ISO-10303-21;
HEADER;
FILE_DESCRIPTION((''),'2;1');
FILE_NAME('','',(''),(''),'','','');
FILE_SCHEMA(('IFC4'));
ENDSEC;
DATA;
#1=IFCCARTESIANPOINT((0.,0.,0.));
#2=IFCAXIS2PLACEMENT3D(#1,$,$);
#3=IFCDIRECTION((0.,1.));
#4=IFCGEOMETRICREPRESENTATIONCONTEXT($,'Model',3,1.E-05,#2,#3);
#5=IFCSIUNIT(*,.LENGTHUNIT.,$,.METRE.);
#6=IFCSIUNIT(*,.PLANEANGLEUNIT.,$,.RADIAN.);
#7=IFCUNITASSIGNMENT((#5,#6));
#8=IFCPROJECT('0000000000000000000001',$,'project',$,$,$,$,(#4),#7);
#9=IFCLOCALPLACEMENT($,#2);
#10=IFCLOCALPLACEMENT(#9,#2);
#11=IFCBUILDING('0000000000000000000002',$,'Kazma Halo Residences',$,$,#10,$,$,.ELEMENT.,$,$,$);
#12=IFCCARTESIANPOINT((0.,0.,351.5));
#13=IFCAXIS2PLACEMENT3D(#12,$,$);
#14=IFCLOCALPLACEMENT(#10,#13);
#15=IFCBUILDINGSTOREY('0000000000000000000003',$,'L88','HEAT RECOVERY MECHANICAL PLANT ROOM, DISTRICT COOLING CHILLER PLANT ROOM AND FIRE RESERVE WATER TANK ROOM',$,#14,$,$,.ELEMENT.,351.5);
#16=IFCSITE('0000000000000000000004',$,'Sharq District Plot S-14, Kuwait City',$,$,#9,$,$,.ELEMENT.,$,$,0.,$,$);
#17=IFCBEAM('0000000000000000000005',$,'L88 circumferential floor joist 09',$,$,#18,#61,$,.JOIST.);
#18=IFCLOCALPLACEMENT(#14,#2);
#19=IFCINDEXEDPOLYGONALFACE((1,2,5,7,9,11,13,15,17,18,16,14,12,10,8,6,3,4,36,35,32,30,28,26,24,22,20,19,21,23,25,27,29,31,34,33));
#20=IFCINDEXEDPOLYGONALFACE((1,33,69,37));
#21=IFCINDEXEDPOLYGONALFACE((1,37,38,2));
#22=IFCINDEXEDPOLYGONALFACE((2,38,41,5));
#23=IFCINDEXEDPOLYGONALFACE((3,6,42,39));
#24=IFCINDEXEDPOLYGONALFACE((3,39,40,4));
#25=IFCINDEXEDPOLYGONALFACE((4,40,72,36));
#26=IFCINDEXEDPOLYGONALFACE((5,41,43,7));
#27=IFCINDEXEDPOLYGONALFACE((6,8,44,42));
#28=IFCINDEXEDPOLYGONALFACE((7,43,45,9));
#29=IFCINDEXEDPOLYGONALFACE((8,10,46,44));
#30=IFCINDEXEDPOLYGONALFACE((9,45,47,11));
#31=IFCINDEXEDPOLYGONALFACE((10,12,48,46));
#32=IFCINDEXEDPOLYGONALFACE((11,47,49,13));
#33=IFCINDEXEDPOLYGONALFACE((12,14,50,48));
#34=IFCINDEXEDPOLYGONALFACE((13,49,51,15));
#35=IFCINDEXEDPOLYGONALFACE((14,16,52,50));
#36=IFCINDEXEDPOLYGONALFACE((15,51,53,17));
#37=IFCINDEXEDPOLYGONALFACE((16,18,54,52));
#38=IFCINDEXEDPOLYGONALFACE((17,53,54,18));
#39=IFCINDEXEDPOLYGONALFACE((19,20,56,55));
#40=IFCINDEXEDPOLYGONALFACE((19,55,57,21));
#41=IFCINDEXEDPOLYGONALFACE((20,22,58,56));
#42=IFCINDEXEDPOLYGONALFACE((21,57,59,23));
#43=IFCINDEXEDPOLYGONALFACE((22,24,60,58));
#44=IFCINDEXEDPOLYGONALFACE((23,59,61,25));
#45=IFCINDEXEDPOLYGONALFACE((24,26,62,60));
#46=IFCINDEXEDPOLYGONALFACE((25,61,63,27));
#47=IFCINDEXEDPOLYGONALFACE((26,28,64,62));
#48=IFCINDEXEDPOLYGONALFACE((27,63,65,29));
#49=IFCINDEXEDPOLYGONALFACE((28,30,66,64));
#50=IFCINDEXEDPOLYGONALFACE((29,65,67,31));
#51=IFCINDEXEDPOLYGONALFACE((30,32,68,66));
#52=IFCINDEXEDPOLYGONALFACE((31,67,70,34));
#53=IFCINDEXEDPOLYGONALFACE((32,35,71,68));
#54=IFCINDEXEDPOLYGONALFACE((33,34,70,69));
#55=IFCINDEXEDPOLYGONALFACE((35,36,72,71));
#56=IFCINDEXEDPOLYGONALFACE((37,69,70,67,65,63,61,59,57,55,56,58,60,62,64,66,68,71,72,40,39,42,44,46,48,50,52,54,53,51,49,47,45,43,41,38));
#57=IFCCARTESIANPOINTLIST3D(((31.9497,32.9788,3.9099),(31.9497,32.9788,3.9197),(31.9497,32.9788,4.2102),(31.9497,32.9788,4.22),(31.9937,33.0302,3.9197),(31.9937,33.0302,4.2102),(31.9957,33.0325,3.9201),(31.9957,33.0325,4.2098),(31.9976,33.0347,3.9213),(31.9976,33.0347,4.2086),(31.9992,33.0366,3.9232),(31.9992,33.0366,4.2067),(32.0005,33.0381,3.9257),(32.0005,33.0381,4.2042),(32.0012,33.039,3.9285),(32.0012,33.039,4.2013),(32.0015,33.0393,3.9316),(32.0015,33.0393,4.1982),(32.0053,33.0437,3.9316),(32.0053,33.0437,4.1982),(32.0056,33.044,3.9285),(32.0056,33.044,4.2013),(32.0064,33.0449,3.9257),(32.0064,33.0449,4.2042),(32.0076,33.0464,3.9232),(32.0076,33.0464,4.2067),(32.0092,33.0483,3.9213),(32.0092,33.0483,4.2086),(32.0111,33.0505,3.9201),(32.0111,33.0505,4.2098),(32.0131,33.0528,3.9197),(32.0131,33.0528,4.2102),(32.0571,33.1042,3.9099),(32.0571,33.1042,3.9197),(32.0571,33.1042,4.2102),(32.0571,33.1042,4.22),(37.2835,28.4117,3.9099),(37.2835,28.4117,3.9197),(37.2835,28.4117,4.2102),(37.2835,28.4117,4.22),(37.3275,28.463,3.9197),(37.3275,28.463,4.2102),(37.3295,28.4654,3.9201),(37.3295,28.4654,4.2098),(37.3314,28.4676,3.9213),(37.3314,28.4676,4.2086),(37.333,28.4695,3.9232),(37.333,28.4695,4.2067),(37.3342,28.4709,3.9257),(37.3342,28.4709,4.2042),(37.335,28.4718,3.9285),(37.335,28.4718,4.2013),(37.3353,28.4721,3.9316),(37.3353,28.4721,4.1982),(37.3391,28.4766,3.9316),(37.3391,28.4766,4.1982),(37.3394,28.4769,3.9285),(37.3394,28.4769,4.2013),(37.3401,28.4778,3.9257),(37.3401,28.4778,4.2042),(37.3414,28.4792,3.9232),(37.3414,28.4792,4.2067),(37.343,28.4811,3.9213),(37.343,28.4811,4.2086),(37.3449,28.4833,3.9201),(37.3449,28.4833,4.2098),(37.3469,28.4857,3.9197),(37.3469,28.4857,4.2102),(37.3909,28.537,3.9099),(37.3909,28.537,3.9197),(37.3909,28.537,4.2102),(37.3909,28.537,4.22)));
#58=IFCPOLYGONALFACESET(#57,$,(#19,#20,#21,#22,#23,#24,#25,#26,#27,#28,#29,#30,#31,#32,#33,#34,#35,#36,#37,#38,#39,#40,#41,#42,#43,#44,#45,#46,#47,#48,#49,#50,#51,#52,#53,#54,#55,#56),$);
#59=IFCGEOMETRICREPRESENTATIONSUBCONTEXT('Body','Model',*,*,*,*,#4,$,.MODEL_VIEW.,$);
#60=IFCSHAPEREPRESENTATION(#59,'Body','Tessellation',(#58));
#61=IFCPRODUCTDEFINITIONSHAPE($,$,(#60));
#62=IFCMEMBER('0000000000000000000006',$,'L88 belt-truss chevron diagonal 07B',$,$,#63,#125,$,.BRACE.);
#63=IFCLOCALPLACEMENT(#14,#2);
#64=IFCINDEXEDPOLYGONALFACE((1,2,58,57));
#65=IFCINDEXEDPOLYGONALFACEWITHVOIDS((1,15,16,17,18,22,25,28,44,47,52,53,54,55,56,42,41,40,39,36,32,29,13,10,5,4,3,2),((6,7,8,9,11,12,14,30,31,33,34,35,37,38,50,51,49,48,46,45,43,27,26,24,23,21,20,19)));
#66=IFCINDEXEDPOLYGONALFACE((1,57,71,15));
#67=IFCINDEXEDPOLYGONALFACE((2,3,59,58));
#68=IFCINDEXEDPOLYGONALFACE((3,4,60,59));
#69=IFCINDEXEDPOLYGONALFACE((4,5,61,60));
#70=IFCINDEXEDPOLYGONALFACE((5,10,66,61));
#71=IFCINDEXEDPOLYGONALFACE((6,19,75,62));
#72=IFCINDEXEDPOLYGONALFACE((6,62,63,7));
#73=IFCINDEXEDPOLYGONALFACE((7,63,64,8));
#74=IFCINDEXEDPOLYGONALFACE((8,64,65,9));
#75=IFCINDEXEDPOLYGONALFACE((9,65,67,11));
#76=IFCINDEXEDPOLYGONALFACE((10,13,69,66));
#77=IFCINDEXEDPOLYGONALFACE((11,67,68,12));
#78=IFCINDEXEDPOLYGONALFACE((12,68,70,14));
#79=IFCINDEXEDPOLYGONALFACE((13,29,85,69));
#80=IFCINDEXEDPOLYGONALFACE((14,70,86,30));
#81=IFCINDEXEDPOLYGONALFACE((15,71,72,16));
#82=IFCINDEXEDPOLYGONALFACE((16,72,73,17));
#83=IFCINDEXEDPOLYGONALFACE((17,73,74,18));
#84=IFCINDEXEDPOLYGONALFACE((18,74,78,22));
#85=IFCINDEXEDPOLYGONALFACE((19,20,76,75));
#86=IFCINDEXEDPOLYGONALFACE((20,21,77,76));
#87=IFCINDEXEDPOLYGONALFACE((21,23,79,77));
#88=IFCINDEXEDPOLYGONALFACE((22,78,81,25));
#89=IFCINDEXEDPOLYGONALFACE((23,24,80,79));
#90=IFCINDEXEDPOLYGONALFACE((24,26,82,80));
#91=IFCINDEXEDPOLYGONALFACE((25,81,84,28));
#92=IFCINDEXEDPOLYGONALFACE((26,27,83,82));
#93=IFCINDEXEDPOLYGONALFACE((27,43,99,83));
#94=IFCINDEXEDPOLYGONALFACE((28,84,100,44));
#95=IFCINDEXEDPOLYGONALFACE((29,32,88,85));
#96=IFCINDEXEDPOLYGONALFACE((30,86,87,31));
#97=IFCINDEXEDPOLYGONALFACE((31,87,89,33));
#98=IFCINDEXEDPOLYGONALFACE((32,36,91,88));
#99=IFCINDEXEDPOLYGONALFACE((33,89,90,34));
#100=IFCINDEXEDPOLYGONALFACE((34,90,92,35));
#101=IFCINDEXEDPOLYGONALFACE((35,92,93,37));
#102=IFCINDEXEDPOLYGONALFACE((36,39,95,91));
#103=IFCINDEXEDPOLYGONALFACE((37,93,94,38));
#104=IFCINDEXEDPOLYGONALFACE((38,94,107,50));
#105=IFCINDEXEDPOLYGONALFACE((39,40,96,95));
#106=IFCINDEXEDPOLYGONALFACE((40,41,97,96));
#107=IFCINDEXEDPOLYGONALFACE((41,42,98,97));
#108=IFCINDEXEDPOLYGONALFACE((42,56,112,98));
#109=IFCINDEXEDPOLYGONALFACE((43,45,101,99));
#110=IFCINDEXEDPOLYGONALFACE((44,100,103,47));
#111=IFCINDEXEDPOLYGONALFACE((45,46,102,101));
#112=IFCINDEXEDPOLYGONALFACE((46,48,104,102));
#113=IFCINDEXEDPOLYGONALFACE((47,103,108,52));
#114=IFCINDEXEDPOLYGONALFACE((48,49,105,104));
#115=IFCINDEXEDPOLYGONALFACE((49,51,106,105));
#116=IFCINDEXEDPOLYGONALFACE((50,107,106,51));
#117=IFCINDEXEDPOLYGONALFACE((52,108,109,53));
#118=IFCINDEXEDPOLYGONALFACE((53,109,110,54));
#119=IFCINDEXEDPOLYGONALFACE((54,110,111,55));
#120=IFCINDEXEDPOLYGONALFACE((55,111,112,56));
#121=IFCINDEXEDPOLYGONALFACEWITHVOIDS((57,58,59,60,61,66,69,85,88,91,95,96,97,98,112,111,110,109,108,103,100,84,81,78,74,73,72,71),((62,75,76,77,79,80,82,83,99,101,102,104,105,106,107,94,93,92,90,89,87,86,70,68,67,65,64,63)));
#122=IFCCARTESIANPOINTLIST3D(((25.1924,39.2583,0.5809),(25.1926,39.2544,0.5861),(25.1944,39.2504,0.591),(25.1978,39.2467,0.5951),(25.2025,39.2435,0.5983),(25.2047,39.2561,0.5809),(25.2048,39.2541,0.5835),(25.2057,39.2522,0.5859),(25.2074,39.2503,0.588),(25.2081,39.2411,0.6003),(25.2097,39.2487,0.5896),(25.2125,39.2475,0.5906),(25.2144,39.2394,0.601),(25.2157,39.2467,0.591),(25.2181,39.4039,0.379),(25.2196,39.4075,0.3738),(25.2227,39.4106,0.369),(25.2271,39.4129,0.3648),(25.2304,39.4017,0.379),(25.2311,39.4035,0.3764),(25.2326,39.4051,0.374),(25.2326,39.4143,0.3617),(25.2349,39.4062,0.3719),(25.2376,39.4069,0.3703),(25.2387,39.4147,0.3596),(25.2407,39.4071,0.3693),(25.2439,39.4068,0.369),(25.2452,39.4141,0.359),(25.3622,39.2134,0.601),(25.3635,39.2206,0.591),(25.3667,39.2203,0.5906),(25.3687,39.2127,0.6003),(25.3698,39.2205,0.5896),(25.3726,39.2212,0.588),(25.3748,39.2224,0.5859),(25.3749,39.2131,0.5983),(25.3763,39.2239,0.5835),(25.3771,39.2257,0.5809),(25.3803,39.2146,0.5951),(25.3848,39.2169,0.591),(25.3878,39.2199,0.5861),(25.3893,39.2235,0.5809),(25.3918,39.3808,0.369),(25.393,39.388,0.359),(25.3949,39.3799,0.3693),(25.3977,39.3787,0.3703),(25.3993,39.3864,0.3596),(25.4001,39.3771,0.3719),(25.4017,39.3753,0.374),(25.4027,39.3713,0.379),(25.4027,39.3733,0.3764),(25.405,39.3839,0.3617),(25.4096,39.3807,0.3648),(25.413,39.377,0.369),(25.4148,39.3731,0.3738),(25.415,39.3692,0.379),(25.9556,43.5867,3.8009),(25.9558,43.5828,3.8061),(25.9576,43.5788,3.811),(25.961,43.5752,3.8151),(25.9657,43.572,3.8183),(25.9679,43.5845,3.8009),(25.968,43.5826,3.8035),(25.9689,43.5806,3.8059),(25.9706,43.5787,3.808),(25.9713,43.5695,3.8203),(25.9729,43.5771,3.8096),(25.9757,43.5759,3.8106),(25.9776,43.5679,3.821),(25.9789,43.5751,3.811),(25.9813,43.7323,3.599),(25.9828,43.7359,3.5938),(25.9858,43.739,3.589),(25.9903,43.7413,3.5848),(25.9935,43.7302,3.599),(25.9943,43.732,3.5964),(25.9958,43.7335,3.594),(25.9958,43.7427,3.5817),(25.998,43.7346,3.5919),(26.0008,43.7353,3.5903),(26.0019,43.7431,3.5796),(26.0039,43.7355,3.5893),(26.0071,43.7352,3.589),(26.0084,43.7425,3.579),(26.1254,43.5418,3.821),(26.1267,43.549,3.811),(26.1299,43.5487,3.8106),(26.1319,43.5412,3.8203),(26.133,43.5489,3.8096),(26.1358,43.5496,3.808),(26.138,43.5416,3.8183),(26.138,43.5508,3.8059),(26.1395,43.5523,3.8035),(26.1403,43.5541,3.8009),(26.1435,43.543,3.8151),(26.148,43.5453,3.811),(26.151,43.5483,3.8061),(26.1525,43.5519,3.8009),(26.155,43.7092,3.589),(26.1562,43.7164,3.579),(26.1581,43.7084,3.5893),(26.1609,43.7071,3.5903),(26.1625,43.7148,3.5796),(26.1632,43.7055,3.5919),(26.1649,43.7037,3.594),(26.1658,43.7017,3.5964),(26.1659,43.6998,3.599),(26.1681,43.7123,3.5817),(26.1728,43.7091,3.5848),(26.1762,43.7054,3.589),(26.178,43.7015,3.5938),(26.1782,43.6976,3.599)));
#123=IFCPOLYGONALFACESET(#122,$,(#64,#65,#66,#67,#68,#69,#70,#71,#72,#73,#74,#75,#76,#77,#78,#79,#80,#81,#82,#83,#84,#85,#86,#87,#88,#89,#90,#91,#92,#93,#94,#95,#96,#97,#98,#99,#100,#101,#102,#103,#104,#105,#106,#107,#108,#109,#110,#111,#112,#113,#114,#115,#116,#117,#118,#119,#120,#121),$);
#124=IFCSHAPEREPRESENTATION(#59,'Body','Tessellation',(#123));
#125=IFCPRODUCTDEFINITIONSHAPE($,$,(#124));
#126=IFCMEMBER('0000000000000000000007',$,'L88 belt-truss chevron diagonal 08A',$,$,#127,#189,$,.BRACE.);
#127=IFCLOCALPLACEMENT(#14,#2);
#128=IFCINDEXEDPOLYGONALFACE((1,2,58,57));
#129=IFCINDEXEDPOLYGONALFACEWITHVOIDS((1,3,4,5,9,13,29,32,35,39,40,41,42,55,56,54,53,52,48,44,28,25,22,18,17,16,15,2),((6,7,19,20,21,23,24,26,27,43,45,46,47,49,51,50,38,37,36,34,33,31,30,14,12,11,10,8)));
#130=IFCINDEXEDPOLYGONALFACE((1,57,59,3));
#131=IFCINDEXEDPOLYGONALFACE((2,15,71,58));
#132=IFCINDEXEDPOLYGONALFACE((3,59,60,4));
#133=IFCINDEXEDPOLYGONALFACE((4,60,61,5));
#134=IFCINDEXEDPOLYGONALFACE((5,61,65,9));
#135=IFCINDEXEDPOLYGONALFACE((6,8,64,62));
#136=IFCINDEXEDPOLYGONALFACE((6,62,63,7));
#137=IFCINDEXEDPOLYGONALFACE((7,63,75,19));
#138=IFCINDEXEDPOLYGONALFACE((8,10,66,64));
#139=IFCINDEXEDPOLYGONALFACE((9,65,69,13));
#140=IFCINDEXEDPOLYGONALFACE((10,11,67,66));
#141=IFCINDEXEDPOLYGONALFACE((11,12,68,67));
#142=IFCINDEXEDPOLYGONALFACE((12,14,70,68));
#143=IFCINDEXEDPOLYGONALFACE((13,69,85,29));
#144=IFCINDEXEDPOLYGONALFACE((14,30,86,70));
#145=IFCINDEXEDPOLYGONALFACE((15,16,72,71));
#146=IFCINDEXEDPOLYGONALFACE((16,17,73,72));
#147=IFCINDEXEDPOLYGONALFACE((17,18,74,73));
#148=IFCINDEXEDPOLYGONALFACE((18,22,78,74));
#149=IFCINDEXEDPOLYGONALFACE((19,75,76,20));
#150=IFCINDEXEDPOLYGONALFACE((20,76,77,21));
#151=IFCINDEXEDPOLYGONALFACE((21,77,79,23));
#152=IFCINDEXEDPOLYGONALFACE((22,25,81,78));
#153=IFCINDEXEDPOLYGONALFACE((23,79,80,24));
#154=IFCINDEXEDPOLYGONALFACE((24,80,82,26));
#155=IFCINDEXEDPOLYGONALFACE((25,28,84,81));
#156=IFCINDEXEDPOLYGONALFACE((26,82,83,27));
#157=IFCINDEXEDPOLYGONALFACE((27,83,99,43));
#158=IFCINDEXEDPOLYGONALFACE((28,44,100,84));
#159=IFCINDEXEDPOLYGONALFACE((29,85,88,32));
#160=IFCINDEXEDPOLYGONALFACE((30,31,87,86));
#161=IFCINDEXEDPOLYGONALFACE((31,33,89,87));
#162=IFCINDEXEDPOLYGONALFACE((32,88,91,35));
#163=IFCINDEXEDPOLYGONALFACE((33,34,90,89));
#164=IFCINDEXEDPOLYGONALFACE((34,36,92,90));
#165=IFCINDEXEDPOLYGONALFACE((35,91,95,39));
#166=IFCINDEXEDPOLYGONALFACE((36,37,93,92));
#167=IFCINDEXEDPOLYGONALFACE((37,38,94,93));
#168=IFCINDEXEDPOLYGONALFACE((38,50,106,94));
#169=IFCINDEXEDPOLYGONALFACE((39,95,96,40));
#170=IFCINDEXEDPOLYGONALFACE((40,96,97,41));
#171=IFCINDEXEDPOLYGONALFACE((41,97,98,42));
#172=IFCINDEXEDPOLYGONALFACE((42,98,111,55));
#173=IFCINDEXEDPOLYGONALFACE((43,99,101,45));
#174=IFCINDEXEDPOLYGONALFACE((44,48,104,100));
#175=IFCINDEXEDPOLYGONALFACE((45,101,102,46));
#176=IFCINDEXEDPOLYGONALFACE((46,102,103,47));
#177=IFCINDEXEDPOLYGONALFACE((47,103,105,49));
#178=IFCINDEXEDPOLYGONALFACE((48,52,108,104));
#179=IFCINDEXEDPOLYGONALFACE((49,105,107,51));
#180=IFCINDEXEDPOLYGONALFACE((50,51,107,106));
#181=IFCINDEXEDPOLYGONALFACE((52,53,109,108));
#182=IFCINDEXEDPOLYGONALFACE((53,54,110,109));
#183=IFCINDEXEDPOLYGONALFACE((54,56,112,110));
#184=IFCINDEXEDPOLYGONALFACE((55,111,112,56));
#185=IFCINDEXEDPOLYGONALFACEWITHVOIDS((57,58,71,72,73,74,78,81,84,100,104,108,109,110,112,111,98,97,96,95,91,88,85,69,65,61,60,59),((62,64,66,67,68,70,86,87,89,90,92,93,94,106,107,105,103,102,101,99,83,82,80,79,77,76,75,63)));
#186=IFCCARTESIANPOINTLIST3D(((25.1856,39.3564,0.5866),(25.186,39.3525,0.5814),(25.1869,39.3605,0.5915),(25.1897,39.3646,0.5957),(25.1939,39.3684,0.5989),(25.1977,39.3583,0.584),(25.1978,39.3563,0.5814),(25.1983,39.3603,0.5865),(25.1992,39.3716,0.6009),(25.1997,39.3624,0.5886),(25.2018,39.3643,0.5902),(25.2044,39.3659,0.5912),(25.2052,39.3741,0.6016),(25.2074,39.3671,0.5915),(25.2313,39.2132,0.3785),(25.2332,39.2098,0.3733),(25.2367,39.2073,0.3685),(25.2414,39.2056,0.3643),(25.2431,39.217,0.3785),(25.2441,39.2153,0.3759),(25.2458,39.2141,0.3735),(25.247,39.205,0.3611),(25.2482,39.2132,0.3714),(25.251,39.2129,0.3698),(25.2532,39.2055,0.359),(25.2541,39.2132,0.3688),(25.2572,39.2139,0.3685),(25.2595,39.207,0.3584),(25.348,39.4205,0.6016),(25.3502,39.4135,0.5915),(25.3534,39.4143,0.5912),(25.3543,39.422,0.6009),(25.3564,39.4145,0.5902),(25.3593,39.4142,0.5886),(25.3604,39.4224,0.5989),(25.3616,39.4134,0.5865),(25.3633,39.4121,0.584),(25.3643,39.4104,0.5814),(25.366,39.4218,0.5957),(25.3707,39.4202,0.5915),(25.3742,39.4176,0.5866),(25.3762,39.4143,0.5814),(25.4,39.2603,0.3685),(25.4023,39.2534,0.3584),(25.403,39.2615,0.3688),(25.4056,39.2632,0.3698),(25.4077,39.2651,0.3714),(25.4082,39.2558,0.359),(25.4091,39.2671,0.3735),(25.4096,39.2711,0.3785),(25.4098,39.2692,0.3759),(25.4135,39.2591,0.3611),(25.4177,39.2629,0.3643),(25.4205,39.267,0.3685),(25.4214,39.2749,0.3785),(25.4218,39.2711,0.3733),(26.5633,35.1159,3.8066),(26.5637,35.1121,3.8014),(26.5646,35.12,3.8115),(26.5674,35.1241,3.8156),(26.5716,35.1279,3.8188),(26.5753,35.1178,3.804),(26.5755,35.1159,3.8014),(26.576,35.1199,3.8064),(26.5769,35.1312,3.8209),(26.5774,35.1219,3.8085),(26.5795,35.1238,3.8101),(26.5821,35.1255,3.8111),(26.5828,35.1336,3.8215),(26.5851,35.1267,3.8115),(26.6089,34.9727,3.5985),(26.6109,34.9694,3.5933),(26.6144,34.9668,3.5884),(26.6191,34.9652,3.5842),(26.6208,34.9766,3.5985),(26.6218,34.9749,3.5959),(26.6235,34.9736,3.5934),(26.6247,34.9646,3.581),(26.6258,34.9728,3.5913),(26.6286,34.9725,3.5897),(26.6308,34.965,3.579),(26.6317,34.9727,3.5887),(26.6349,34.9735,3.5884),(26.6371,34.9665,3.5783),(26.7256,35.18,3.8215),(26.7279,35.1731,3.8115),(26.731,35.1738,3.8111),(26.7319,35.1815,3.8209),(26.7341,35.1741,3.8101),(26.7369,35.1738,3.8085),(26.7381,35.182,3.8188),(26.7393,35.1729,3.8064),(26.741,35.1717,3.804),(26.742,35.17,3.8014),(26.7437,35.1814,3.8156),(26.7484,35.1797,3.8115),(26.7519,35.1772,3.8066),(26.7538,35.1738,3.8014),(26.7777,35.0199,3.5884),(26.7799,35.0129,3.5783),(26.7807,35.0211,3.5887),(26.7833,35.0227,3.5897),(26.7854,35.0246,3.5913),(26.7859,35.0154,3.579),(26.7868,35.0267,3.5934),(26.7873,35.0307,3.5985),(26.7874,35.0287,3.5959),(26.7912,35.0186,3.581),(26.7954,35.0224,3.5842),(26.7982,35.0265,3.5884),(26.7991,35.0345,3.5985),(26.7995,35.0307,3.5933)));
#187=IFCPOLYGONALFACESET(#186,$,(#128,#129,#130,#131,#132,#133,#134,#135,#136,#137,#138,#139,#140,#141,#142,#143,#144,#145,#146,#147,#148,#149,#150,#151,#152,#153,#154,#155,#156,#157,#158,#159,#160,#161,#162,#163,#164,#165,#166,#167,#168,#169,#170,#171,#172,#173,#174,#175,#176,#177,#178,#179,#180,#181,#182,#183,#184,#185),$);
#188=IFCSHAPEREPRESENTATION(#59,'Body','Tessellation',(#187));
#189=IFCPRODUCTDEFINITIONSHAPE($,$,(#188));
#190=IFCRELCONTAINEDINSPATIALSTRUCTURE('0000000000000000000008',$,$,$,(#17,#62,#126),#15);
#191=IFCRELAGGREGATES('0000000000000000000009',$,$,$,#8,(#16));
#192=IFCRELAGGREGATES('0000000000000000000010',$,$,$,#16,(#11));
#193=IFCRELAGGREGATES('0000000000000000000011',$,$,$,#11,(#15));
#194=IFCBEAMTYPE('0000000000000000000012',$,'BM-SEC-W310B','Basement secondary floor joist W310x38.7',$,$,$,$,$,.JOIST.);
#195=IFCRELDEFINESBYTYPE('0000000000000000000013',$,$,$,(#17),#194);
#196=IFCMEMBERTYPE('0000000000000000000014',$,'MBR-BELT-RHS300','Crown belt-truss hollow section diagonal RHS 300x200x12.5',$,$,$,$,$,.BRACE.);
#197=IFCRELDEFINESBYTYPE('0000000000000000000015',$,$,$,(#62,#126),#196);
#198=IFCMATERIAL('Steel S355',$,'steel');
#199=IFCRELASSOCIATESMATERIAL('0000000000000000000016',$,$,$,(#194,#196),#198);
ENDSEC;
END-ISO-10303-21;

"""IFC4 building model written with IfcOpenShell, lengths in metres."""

from ifc_helpers import new_model, si_unit, direction, frame, origin, origin_2d, place, context, subcontext, project, spatial, hollow_rectangle, i_section, extrude, material, material_profile, profile_set, type_object, element, save


model = new_model("IFC4")

# Units and contexts
model_context = context("Model", 3, precision=1e-05, world=origin(), true_north=direction((0.0, 1.0)))
body_context = subcontext(model_context, "Body", "Model", "MODEL_VIEW")
ifc_project = project(units=[si_unit("LENGTHUNIT", "METRE"), si_unit("PLANEANGLEUNIT", "RADIAN")], contexts=[model_context])

# Site, building, storey
site_placement = place(None, origin())
site = spatial("IfcSite", under=ifc_project, at=site_placement, Name="Sharq District Plot S-14, Kuwait City", CompositionType="ELEMENT", RefElevation=0.0)
building_placement = place(site_placement, origin())
building = spatial("IfcBuilding", under=site, at=building_placement, Name="Kazma Halo Residences", CompositionType="ELEMENT")
storey_placement = place(building_placement, frame((0.0, 0.0, 351.5)))
storey = spatial("IfcBuildingStorey", under=building, at=storey_placement, Name="L88", Description="HEAT RECOVERY MECHANICAL PLANT ROOM, DISTRICT COOLING CHILLER PLANT ROOM AND FIRE RESERVE WATER TANK ROOM", CompositionType="ELEMENT", Elevation=351.5)

# Shared definitions
ifc_material_1 = material(Name="Steel S355", Category="steel")

# Beam
ifc_material_profile_1 = material_profile(ifc_material_1, i_section(OverallWidth=0.165, OverallDepth=0.3101, WebThickness=0.0059, FlangeThickness=0.0098, FilletRadius=0.012, at=origin_2d()), Name="W310x38.7")
ifc_profile_set_1 = profile_set([ifc_material_profile_1], Name="Steel S355")
beam_type_1 = type_object("IfcBeamType", Name="BM-SEC-W310B", Description="Basement secondary floor joist W310x38.7", PredefinedType="JOIST", material=ifc_profile_set_1)
beam_1_placement = place(storey_placement, frame((32.0034, 33.0415, 4.0649), z_axis=(0.759583, -0.65041, 0.0), x_axis=(0.65041, 0.759583, 0.0)))
element("IfcBeam", 1, at=beam_1_placement, inside=storey, type_object=beam_type_1, Name="L88 circumferential floor joist 09", PredefinedType="JOIST", context=body_context, shape_type="SweptSolid", body=[
    extrude(i_section(OverallWidth=0.165, OverallDepth=0.3101, WebThickness=0.0059, FlangeThickness=0.0098, FilletRadius=0.012, at=origin_2d()), origin(), (0.0, 0.0, 1.0), 7.022),
])

# Members
ifc_material_profile_2 = material_profile(ifc_material_1, hollow_rectangle(XDim=0.2, YDim=0.3, WallThickness=0.0125, InnerFilletRadius=0.0125, OuterFilletRadius=0.0249, at=origin_2d()), Name="RHS300x200x12.5")
ifc_profile_set_2 = profile_set([ifc_material_profile_2], Name="Steel S355")
member_type_1 = type_object("IfcMemberType", Name="MBR-BELT-RHS300", Description="Crown belt-truss hollow section diagonal RHS 300x200x12.5", PredefinedType="BRACE", material=ifc_profile_set_2)
member_1_placement = place(storey_placement, frame((25.3037, 39.3137, 0.48), z_axis=(0.140074, 0.794424, 0.59099), x_axis=(-0.984809, 0.173643, 0.0)))
element("IfcMember", 2, at=member_1_placement, inside=storey, type_object=member_type_1, Name="L88 belt-truss chevron diagonal 07B", PredefinedType="BRACE", context=body_context, shape_type="SweptSolid", body=[
    extrude(hollow_rectangle(XDim=0.2, YDim=0.3, WallThickness=0.0125, InnerFilletRadius=0.0125, OuterFilletRadius=0.0249, at=origin_2d()), origin(), (0.0, 0.0, 1.0), 5.4485),
])
for number, where, z_axis, x_axis, name in (
    (3, (25.3037, 39.3137, 0.48), (0.250497, -0.771023, 0.58547), (0.951065, 0.308991, 0.0), "L88 belt-truss chevron diagonal 08A"),
):
    element("IfcMember", number, at=place(storey_placement, frame(where, z_axis=z_axis, x_axis=x_axis)), inside=storey, type_object=member_type_1, Name=name, PredefinedType="BRACE", context=body_context, shape_type="SweptSolid", body=[
        extrude(hollow_rectangle(XDim=0.2, YDim=0.3, WallThickness=0.0125, InnerFilletRadius=0.0125, OuterFilletRadius=0.0249, at=origin_2d()), origin(), (0.0, 0.0, 1.0), 5.4998),
    ])

save(model, "model.ifc")
